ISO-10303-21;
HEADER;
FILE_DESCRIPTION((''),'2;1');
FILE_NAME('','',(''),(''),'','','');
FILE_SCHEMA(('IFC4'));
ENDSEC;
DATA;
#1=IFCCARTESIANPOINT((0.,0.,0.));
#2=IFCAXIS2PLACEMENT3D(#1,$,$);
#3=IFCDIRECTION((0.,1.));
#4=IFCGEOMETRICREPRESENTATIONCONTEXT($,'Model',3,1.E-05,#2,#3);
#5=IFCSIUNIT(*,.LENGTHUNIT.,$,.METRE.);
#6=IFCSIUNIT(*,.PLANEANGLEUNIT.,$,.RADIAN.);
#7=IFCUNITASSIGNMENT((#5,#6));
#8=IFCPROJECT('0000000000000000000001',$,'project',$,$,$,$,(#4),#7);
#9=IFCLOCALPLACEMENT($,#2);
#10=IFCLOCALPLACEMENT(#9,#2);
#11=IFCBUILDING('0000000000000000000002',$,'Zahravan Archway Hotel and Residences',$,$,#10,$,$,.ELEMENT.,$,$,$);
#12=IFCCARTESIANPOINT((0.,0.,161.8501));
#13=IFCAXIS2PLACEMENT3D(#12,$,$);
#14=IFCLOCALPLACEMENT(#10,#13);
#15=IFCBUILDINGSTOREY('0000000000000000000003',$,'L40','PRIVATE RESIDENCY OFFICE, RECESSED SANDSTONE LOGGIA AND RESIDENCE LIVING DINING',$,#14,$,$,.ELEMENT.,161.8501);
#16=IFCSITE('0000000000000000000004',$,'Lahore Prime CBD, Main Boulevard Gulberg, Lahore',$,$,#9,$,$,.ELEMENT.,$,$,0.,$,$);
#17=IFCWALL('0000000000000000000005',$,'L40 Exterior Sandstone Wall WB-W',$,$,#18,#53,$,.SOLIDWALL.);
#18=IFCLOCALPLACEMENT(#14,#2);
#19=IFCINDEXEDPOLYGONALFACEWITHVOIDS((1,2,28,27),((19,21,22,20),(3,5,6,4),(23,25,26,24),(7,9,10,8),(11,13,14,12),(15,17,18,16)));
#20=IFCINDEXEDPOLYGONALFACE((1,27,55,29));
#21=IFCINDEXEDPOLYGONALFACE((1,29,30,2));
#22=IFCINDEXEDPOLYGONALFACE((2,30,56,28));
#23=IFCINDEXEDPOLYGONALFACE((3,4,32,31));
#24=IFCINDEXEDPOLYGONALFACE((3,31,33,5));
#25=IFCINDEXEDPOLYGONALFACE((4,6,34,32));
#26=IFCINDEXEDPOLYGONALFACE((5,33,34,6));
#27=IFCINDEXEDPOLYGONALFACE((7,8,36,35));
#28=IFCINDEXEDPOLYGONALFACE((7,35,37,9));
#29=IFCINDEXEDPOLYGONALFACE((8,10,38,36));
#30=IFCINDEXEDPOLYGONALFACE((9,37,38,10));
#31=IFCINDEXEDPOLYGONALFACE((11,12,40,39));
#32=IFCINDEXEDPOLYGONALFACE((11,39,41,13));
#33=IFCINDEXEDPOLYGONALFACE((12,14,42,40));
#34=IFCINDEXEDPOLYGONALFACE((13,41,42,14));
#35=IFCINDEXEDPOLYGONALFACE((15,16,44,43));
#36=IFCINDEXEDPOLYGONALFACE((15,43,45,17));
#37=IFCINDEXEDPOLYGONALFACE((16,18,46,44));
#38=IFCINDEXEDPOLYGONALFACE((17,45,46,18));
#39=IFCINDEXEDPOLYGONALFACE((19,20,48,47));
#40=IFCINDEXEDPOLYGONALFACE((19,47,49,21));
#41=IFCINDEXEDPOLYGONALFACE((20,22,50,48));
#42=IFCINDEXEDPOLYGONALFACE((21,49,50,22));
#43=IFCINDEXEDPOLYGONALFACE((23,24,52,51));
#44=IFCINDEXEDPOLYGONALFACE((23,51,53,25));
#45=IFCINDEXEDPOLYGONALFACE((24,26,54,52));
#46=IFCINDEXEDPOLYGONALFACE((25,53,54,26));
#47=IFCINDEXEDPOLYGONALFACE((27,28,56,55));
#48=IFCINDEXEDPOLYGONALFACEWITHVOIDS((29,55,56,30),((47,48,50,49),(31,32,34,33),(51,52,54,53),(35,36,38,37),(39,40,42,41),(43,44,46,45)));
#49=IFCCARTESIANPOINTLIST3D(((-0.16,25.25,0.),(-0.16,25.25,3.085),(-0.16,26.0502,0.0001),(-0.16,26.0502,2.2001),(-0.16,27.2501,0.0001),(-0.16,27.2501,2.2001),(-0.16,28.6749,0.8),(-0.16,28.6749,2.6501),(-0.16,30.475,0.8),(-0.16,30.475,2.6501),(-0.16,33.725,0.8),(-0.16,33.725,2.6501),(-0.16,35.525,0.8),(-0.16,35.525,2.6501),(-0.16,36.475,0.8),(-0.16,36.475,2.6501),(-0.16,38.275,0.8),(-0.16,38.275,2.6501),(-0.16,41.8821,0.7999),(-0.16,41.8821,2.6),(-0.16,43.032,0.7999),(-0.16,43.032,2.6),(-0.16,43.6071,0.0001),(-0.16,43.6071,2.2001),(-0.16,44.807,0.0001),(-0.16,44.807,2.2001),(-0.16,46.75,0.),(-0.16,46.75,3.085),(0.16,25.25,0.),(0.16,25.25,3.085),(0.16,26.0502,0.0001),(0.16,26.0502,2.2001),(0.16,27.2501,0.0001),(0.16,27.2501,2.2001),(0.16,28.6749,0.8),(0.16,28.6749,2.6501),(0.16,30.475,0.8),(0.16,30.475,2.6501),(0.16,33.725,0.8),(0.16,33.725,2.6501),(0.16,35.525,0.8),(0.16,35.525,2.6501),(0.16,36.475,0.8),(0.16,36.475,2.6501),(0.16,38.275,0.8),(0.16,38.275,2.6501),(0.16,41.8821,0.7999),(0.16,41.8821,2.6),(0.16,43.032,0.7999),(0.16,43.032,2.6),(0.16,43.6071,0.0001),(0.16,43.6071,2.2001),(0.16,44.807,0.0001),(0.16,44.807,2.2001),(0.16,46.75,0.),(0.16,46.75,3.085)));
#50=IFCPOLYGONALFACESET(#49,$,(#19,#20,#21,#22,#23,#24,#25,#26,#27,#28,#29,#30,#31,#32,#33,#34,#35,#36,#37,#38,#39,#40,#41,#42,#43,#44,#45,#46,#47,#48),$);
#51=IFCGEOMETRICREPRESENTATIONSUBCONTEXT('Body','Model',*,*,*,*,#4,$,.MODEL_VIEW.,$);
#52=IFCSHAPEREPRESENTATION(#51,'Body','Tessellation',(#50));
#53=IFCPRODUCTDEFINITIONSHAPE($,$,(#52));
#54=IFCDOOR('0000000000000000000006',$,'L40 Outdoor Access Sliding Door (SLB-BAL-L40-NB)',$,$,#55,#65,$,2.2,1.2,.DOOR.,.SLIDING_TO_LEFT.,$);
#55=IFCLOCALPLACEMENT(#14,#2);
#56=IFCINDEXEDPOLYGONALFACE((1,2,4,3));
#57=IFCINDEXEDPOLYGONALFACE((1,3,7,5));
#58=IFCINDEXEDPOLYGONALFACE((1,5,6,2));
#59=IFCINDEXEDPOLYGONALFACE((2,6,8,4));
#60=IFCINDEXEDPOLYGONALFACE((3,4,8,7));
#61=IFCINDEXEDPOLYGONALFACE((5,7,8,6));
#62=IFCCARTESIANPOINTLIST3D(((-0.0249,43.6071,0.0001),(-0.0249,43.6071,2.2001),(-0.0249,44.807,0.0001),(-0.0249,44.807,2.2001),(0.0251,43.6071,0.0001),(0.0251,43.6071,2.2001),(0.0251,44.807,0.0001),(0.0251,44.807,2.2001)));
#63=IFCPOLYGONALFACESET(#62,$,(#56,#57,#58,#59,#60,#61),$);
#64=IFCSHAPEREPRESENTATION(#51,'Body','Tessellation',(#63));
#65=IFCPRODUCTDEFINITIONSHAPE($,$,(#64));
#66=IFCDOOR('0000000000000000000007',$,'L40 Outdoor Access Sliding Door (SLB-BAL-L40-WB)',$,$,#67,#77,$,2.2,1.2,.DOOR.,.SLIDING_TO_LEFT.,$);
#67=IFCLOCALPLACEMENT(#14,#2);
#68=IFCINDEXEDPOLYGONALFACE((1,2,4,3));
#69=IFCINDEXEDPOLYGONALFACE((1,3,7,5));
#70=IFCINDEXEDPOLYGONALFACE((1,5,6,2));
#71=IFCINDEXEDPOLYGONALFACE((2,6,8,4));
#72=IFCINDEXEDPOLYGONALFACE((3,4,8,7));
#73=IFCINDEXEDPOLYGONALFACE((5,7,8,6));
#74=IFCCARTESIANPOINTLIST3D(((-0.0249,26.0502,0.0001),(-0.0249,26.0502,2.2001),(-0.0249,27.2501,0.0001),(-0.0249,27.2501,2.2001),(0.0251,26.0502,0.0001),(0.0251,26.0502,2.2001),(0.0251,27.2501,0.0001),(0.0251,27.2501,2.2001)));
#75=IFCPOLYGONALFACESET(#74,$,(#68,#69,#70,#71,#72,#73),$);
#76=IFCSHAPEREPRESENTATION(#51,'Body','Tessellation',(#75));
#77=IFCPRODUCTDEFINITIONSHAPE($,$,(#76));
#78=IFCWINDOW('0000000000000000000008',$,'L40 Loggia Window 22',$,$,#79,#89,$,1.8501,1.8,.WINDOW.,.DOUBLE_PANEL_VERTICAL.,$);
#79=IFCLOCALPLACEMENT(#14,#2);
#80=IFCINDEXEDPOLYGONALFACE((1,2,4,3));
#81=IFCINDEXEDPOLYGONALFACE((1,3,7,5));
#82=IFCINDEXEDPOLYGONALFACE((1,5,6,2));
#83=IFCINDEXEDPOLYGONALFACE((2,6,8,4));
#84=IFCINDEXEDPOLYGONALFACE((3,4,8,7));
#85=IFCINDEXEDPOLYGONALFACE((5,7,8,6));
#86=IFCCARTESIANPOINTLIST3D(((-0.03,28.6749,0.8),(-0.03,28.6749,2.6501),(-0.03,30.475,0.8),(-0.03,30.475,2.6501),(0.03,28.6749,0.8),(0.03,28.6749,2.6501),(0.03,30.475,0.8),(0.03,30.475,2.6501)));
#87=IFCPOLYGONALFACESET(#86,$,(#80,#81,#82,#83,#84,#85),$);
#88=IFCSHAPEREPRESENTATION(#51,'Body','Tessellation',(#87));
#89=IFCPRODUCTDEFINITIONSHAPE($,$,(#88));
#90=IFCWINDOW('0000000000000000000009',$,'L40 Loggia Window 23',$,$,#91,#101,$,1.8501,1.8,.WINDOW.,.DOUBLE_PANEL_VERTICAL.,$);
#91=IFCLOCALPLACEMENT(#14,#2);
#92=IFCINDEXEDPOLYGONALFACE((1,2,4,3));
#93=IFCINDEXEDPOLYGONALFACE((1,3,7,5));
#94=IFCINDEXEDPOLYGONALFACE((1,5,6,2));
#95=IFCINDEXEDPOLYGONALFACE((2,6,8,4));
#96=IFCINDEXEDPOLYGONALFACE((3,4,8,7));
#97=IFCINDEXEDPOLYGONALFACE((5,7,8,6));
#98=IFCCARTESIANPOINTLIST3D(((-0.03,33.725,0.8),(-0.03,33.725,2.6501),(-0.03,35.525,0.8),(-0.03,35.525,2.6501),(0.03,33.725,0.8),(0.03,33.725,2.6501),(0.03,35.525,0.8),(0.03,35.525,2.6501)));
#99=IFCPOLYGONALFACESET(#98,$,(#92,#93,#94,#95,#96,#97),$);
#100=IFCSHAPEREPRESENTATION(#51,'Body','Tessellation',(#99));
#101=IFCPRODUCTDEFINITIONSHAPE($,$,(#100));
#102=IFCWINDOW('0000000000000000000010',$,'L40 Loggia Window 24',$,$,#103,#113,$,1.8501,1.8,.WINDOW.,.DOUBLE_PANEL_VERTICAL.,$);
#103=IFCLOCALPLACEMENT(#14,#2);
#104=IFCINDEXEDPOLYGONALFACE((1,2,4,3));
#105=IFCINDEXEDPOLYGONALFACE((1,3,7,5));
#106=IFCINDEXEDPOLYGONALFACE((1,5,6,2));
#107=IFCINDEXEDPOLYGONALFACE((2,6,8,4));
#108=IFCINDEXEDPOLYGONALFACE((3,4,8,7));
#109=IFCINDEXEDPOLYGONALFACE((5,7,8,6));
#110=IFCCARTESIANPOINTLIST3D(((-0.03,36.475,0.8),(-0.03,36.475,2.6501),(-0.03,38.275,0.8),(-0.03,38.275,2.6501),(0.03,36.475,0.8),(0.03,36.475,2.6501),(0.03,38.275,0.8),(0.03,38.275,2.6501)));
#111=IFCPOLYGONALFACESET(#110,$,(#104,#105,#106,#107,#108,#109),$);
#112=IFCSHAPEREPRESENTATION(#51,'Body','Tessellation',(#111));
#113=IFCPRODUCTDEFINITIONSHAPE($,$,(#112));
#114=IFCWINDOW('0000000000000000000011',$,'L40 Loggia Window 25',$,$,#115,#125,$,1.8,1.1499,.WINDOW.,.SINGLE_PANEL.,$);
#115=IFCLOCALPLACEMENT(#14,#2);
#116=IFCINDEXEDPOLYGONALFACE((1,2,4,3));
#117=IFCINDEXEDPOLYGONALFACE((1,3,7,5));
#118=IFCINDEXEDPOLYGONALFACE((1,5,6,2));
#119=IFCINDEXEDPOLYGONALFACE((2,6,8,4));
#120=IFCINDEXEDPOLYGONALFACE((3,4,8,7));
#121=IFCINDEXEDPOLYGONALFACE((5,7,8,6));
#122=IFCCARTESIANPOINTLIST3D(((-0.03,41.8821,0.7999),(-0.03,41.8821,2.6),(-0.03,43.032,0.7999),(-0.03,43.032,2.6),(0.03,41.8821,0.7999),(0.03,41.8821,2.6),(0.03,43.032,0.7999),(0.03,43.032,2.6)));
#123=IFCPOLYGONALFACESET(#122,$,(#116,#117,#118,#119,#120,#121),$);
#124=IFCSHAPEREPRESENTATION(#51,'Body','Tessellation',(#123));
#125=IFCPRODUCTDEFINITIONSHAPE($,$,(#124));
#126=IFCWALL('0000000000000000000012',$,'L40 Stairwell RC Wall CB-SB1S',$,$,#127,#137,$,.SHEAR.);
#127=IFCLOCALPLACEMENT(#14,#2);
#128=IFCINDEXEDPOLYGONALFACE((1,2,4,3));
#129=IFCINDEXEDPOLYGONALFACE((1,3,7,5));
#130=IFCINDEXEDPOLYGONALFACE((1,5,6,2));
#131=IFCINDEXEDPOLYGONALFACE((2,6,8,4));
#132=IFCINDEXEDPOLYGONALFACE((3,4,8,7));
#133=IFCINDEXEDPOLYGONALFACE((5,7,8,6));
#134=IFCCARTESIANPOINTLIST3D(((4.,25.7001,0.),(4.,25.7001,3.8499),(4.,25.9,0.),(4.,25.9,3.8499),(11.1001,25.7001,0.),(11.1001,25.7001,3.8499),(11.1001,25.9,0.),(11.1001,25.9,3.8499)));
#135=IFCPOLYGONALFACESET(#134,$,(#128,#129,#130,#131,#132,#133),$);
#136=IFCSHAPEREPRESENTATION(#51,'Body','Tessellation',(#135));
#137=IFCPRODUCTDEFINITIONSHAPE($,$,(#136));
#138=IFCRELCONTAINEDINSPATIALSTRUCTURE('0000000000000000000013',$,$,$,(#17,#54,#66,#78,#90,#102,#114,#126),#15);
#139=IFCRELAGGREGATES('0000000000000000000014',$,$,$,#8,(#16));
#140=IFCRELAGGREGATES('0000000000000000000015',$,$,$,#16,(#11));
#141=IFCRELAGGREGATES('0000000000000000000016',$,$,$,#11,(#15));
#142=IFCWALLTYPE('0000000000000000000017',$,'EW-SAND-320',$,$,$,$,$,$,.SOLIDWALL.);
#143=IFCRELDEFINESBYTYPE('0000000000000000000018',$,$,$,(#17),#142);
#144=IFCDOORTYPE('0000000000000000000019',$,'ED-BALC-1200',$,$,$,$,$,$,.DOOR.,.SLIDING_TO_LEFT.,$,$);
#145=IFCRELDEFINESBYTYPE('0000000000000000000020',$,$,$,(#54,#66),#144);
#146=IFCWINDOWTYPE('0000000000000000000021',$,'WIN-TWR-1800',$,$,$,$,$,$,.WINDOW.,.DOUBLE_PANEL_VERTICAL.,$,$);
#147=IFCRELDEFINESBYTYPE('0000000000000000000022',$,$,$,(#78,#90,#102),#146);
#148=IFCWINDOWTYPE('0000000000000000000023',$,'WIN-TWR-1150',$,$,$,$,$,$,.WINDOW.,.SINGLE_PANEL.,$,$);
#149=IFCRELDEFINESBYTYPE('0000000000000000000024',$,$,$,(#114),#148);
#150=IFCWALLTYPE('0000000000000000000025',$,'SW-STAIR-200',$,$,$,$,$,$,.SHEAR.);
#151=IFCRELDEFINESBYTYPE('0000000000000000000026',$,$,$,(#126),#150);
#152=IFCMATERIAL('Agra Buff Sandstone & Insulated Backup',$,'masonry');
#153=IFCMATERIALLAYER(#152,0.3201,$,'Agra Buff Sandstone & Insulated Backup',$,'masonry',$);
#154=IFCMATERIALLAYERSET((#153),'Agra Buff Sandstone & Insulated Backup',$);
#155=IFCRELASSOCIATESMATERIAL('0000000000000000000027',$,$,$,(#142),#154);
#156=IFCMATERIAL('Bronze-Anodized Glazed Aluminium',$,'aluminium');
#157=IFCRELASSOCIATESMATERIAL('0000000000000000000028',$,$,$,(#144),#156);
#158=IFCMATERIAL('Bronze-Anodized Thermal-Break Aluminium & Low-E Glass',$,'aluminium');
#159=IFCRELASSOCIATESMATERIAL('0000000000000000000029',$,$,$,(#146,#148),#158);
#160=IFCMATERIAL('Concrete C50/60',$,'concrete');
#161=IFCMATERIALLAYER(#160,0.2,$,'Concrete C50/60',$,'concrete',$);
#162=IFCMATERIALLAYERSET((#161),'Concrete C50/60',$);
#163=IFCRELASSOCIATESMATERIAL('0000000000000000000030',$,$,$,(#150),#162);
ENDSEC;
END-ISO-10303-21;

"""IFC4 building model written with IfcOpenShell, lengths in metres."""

from ifc_helpers import new_model, si_unit, direction, frame, frame_2d, origin, place, context, subcontext, project, spatial, rectangle, extrude, source, transform, mapped, material, layer, layer_set, type_object, type_shapes, element, fill, save


model = new_model("IFC4")

# Units and contexts
model_context = context("Model", 3, precision=1e-05, world=origin(), true_north=direction((0.0, 1.0)))
body_context = subcontext(model_context, "Body", "Model", "MODEL_VIEW")
ifc_project = project(units=[si_unit("LENGTHUNIT", "METRE"), si_unit("PLANEANGLEUNIT", "RADIAN")], contexts=[model_context])

# Site, building, storey
site_placement = place(None, origin())
site = spatial("IfcSite", under=ifc_project, at=site_placement, Name="Lahore Prime CBD, Main Boulevard Gulberg, Lahore", CompositionType="ELEMENT", RefElevation=0.0)
building_placement = place(site_placement, origin())
building = spatial("IfcBuilding", under=site, at=building_placement, Name="Zahravan Archway Hotel and Residences", CompositionType="ELEMENT")
storey_placement = place(building_placement, frame((0.0, 0.0, 161.8501)))
storey = spatial("IfcBuildingStorey", under=building, at=storey_placement, Name="L40", Description="PRIVATE RESIDENCY OFFICE, RECESSED SANDSTONE LOGGIA AND RESIDENCE LIVING DINING", CompositionType="ELEMENT", Elevation=161.8501)

# Shared definitions
ifc_material_1 = material(Name="Agra Buff Sandstone & Insulated Backup", Category="masonry")
ifc_layer_1 = layer(ifc_material_1, 0.3201, Name="Agra Buff Sandstone & Insulated Backup", Category="masonry")
ifc_layer_set_1 = layer_set([ifc_layer_1], Name="Agra Buff Sandstone & Insulated Backup")
wall_type_1 = type_object("IfcWallType", Name="EW-SAND-320", PredefinedType="SOLIDWALL", material=ifc_layer_set_1)
ifc_material_2 = material(Name="Bronze-Anodized Thermal-Break Aluminium & Low-E Glass", Category="aluminium")

# Wall, openings, doors, windows
wall_1_placement = place(storey_placement, frame((0.0, 25.25, 0.0), z_axis=(0.0, 0.0, 1.0), x_axis=(0.0, 1.0, 0.0)))
wall_1 = element("IfcWall", 1, at=wall_1_placement, inside=storey, type_object=wall_type_1, Name="L40 Exterior Sandstone Wall WB-W", PredefinedType="SOLIDWALL", context=body_context, shape_type="SweptSolid", body=[
    extrude(rectangle(XDim=21.5, YDim=0.3201, at=frame_2d((10.75, 0.0))), origin(), (0.0, 0.0, 1.0), 3.085),
])
opening_1_placement = place(wall_1_placement, frame((18.3569, 0.0, 0.0)))
opening_1 = element("IfcOpeningElement", 2, at=opening_1_placement, cuts=wall_1, PredefinedType="OPENING", context=body_context, shape_type="SweptSolid", body=[
    extrude(rectangle(XDim=1.2, YDim=2.2, at=frame_2d((0.6001, 1.1001))), frame((0.0, 0.1699, 0.0), z_axis=(0.0, -1.0, 0.0), x_axis=(1.0, 0.0, 0.0)), (0.0, 0.0, 1.0), 0.3401),
])
opening_2_placement = place(wall_1_placement, frame((0.8, 0.0, 0.0)))
opening_2 = element("IfcOpeningElement", 3, at=opening_2_placement, cuts=wall_1, PredefinedType="OPENING", context=body_context, shape_type="SweptSolid", body=[
    extrude(rectangle(XDim=1.2, YDim=2.2, at=frame_2d((0.6001, 1.1001))), frame((0.0, 0.1699, 0.0), z_axis=(0.0, -1.0, 0.0), x_axis=(1.0, 0.0, 0.0)), (0.0, 0.0, 1.0), 0.3401),
])
opening_3_placement = place(wall_1_placement, frame((3.425, 0.0, 0.8)))
opening_3 = element("IfcOpeningElement", 4, at=opening_3_placement, cuts=wall_1, PredefinedType="OPENING", context=body_context, shape_type="SweptSolid", body=[
    extrude(rectangle(XDim=1.8, YDim=1.8501, at=frame_2d((0.8999, 0.925))), frame((0.0, 0.1699, 0.0), z_axis=(0.0, -1.0, 0.0), x_axis=(1.0, 0.0, 0.0)), (0.0, 0.0, 1.0), 0.3401),
])
opening_4_placement = place(wall_1_placement, frame((8.4751, 0.0, 0.8)))
opening_4 = element("IfcOpeningElement", 5, at=opening_4_placement, cuts=wall_1, PredefinedType="OPENING", context=body_context, shape_type="SweptSolid", body=[
    extrude(rectangle(XDim=1.8, YDim=1.8501, at=frame_2d((0.8999, 0.925))), frame((0.0, 0.1699, 0.0), z_axis=(0.0, -1.0, 0.0), x_axis=(1.0, 0.0, 0.0)), (0.0, 0.0, 1.0), 0.3401),
])
opening_5_placement = place(wall_1_placement, frame((11.2251, 0.0, 0.8)))
opening_5 = element("IfcOpeningElement", 6, at=opening_5_placement, cuts=wall_1, PredefinedType="OPENING", context=body_context, shape_type="SweptSolid", body=[
    extrude(rectangle(XDim=1.8, YDim=1.8501, at=frame_2d((0.8999, 0.925))), frame((0.0, 0.1699, 0.0), z_axis=(0.0, -1.0, 0.0), x_axis=(1.0, 0.0, 0.0)), (0.0, 0.0, 1.0), 0.3401),
])
opening_6_placement = place(wall_1_placement, frame((16.6321, 0.0, 0.8)))
opening_6 = element("IfcOpeningElement", 7, at=opening_6_placement, cuts=wall_1, PredefinedType="OPENING", context=body_context, shape_type="SweptSolid", body=[
    extrude(rectangle(XDim=1.1499, YDim=1.8, at=frame_2d((0.575, 0.8999))), frame((0.0, 0.1699, 0.0), z_axis=(0.0, -1.0, 0.0), x_axis=(1.0, 0.0, 0.0)), (0.0, 0.0, 1.0), 0.3401),
])
ifc_material_3 = material(Name="Bronze-Anodized Glazed Aluminium", Category="aluminium")
door_type_1 = type_object("IfcDoorType", Name="ED-BALC-1200", OperationType="SLIDING_TO_LEFT", PredefinedType="DOOR", material=ifc_material_3)
shared_shape_1 = source(origin(), body_context, "Body", "SweptSolid", [
    extrude(rectangle(XDim=1.2, YDim=2.2, at=frame_2d((0.6001, 1.1001))), frame((0.0, 0.0249, 0.0), z_axis=(0.0, -1.0, 0.0), x_axis=(1.0, 0.0, 0.0)), (0.0, 0.0, 1.0), 0.05),
])
type_shapes(door_type_1, [shared_shape_1])
door_1_placement = place(opening_1_placement, origin())
door_1 = element("IfcDoor", 8, at=door_1_placement, inside=storey, type_object=door_type_1, Name="L40 Outdoor Access Sliding Door (SLB-BAL-L40-NB)", OperationType="SLIDING_TO_LEFT", OverallHeight=2.2, OverallWidth=1.2, PredefinedType="DOOR", context=body_context, shape_type="MappedRepresentation", body=[
    mapped(shared_shape_1, transform((0.0, 0.0, 0.0), scale=1.0)),
])
fill(opening_1, door_1)
door_2_placement = place(opening_2_placement, origin())
door_2 = element("IfcDoor", 9, at=door_2_placement, inside=storey, type_object=door_type_1, Name="L40 Outdoor Access Sliding Door (SLB-BAL-L40-WB)", OperationType="SLIDING_TO_LEFT", OverallHeight=2.2, OverallWidth=1.2, PredefinedType="DOOR", context=body_context, shape_type="MappedRepresentation", body=[
    mapped(shared_shape_1, transform((0.0, 0.0, 0.0), scale=1.0)),
])
fill(opening_2, door_2)
window_type_1 = type_object("IfcWindowType", Name="WIN-TWR-1800", PartitioningType="DOUBLE_PANEL_VERTICAL", PredefinedType="WINDOW", material=ifc_material_2)
shared_shape_2 = source(origin(), body_context, "Body", "SweptSolid", [
    extrude(rectangle(XDim=1.8, YDim=1.8501, at=frame_2d((0.8999, 0.925))), frame((0.0, 0.03, 0.0), z_axis=(0.0, -1.0, 0.0), x_axis=(1.0, 0.0, 0.0)), (0.0, 0.0, 1.0), 0.0601),
])
type_shapes(window_type_1, [shared_shape_2])
window_1_placement = place(opening_3_placement, origin())
window_1 = element("IfcWindow", 10, at=window_1_placement, inside=storey, type_object=window_type_1, Name="L40 Loggia Window 22", OverallHeight=1.8501, OverallWidth=1.8, PartitioningType="DOUBLE_PANEL_VERTICAL", PredefinedType="WINDOW", context=body_context, shape_type="MappedRepresentation", body=[
    mapped(shared_shape_2, transform((0.0, 0.0, 0.0), scale=1.0)),
])
fill(opening_3, window_1)
window_2_placement = place(opening_4_placement, origin())
window_2 = element("IfcWindow", 11, at=window_2_placement, inside=storey, type_object=window_type_1, Name="L40 Loggia Window 23", OverallHeight=1.8501, OverallWidth=1.8, PartitioningType="DOUBLE_PANEL_VERTICAL", PredefinedType="WINDOW", context=body_context, shape_type="MappedRepresentation", body=[
    mapped(shared_shape_2, transform((0.0, 0.0, 0.0), scale=1.0)),
])
fill(opening_4, window_2)
window_3_placement = place(opening_5_placement, origin())
window_3 = element("IfcWindow", 12, at=window_3_placement, inside=storey, type_object=window_type_1, Name="L40 Loggia Window 24", OverallHeight=1.8501, OverallWidth=1.8, PartitioningType="DOUBLE_PANEL_VERTICAL", PredefinedType="WINDOW", context=body_context, shape_type="MappedRepresentation", body=[
    mapped(shared_shape_2, transform((0.0, 0.0, 0.0), scale=1.0)),
])
fill(opening_5, window_3)
window_type_2 = type_object("IfcWindowType", Name="WIN-TWR-1150", PartitioningType="SINGLE_PANEL", PredefinedType="WINDOW", material=ifc_material_2)
shared_shape_3 = source(origin(), body_context, "Body", "SweptSolid", [
    extrude(rectangle(XDim=1.1499, YDim=1.8, at=frame_2d((0.575, 0.8999))), frame((0.0, 0.03, 0.0), z_axis=(0.0, -1.0, 0.0), x_axis=(1.0, 0.0, 0.0)), (0.0, 0.0, 1.0), 0.0601),
])
type_shapes(window_type_2, [shared_shape_3])
window_4_placement = place(opening_6_placement, origin())
window_4 = element("IfcWindow", 13, at=window_4_placement, inside=storey, type_object=window_type_2, Name="L40 Loggia Window 25", OverallHeight=1.8, OverallWidth=1.1499, PartitioningType="SINGLE_PANEL", PredefinedType="WINDOW", context=body_context, shape_type="MappedRepresentation", body=[
    mapped(shared_shape_3, transform((0.0, 0.0, 0.0), scale=1.0)),
])
fill(opening_6, window_4)

# Wall
ifc_material_4 = material(Name="Concrete C50/60", Category="concrete")
ifc_layer_2 = layer(ifc_material_4, 0.2, Name="Concrete C50/60", Category="concrete")
ifc_layer_set_2 = layer_set([ifc_layer_2], Name="Concrete C50/60")
wall_type_2 = type_object("IfcWallType", Name="SW-STAIR-200", PredefinedType="SHEAR", material=ifc_layer_set_2)
wall_2_placement = place(storey_placement, frame((4.0, 25.8, 0.0), z_axis=(0.0, 0.0, 1.0), x_axis=(1.0, 0.0, 0.0)))
element("IfcWall", 14, at=wall_2_placement, inside=storey, type_object=wall_type_2, Name="L40 Stairwell RC Wall CB-SB1S", PredefinedType="SHEAR", context=body_context, shape_type="SweptSolid", body=[
    extrude(rectangle(XDim=7.1001, YDim=0.2, at=frame_2d((3.55, 0.0))), origin(), (0.0, 0.0, 1.0), 3.8499),
])

save(model, "model.ifc")
